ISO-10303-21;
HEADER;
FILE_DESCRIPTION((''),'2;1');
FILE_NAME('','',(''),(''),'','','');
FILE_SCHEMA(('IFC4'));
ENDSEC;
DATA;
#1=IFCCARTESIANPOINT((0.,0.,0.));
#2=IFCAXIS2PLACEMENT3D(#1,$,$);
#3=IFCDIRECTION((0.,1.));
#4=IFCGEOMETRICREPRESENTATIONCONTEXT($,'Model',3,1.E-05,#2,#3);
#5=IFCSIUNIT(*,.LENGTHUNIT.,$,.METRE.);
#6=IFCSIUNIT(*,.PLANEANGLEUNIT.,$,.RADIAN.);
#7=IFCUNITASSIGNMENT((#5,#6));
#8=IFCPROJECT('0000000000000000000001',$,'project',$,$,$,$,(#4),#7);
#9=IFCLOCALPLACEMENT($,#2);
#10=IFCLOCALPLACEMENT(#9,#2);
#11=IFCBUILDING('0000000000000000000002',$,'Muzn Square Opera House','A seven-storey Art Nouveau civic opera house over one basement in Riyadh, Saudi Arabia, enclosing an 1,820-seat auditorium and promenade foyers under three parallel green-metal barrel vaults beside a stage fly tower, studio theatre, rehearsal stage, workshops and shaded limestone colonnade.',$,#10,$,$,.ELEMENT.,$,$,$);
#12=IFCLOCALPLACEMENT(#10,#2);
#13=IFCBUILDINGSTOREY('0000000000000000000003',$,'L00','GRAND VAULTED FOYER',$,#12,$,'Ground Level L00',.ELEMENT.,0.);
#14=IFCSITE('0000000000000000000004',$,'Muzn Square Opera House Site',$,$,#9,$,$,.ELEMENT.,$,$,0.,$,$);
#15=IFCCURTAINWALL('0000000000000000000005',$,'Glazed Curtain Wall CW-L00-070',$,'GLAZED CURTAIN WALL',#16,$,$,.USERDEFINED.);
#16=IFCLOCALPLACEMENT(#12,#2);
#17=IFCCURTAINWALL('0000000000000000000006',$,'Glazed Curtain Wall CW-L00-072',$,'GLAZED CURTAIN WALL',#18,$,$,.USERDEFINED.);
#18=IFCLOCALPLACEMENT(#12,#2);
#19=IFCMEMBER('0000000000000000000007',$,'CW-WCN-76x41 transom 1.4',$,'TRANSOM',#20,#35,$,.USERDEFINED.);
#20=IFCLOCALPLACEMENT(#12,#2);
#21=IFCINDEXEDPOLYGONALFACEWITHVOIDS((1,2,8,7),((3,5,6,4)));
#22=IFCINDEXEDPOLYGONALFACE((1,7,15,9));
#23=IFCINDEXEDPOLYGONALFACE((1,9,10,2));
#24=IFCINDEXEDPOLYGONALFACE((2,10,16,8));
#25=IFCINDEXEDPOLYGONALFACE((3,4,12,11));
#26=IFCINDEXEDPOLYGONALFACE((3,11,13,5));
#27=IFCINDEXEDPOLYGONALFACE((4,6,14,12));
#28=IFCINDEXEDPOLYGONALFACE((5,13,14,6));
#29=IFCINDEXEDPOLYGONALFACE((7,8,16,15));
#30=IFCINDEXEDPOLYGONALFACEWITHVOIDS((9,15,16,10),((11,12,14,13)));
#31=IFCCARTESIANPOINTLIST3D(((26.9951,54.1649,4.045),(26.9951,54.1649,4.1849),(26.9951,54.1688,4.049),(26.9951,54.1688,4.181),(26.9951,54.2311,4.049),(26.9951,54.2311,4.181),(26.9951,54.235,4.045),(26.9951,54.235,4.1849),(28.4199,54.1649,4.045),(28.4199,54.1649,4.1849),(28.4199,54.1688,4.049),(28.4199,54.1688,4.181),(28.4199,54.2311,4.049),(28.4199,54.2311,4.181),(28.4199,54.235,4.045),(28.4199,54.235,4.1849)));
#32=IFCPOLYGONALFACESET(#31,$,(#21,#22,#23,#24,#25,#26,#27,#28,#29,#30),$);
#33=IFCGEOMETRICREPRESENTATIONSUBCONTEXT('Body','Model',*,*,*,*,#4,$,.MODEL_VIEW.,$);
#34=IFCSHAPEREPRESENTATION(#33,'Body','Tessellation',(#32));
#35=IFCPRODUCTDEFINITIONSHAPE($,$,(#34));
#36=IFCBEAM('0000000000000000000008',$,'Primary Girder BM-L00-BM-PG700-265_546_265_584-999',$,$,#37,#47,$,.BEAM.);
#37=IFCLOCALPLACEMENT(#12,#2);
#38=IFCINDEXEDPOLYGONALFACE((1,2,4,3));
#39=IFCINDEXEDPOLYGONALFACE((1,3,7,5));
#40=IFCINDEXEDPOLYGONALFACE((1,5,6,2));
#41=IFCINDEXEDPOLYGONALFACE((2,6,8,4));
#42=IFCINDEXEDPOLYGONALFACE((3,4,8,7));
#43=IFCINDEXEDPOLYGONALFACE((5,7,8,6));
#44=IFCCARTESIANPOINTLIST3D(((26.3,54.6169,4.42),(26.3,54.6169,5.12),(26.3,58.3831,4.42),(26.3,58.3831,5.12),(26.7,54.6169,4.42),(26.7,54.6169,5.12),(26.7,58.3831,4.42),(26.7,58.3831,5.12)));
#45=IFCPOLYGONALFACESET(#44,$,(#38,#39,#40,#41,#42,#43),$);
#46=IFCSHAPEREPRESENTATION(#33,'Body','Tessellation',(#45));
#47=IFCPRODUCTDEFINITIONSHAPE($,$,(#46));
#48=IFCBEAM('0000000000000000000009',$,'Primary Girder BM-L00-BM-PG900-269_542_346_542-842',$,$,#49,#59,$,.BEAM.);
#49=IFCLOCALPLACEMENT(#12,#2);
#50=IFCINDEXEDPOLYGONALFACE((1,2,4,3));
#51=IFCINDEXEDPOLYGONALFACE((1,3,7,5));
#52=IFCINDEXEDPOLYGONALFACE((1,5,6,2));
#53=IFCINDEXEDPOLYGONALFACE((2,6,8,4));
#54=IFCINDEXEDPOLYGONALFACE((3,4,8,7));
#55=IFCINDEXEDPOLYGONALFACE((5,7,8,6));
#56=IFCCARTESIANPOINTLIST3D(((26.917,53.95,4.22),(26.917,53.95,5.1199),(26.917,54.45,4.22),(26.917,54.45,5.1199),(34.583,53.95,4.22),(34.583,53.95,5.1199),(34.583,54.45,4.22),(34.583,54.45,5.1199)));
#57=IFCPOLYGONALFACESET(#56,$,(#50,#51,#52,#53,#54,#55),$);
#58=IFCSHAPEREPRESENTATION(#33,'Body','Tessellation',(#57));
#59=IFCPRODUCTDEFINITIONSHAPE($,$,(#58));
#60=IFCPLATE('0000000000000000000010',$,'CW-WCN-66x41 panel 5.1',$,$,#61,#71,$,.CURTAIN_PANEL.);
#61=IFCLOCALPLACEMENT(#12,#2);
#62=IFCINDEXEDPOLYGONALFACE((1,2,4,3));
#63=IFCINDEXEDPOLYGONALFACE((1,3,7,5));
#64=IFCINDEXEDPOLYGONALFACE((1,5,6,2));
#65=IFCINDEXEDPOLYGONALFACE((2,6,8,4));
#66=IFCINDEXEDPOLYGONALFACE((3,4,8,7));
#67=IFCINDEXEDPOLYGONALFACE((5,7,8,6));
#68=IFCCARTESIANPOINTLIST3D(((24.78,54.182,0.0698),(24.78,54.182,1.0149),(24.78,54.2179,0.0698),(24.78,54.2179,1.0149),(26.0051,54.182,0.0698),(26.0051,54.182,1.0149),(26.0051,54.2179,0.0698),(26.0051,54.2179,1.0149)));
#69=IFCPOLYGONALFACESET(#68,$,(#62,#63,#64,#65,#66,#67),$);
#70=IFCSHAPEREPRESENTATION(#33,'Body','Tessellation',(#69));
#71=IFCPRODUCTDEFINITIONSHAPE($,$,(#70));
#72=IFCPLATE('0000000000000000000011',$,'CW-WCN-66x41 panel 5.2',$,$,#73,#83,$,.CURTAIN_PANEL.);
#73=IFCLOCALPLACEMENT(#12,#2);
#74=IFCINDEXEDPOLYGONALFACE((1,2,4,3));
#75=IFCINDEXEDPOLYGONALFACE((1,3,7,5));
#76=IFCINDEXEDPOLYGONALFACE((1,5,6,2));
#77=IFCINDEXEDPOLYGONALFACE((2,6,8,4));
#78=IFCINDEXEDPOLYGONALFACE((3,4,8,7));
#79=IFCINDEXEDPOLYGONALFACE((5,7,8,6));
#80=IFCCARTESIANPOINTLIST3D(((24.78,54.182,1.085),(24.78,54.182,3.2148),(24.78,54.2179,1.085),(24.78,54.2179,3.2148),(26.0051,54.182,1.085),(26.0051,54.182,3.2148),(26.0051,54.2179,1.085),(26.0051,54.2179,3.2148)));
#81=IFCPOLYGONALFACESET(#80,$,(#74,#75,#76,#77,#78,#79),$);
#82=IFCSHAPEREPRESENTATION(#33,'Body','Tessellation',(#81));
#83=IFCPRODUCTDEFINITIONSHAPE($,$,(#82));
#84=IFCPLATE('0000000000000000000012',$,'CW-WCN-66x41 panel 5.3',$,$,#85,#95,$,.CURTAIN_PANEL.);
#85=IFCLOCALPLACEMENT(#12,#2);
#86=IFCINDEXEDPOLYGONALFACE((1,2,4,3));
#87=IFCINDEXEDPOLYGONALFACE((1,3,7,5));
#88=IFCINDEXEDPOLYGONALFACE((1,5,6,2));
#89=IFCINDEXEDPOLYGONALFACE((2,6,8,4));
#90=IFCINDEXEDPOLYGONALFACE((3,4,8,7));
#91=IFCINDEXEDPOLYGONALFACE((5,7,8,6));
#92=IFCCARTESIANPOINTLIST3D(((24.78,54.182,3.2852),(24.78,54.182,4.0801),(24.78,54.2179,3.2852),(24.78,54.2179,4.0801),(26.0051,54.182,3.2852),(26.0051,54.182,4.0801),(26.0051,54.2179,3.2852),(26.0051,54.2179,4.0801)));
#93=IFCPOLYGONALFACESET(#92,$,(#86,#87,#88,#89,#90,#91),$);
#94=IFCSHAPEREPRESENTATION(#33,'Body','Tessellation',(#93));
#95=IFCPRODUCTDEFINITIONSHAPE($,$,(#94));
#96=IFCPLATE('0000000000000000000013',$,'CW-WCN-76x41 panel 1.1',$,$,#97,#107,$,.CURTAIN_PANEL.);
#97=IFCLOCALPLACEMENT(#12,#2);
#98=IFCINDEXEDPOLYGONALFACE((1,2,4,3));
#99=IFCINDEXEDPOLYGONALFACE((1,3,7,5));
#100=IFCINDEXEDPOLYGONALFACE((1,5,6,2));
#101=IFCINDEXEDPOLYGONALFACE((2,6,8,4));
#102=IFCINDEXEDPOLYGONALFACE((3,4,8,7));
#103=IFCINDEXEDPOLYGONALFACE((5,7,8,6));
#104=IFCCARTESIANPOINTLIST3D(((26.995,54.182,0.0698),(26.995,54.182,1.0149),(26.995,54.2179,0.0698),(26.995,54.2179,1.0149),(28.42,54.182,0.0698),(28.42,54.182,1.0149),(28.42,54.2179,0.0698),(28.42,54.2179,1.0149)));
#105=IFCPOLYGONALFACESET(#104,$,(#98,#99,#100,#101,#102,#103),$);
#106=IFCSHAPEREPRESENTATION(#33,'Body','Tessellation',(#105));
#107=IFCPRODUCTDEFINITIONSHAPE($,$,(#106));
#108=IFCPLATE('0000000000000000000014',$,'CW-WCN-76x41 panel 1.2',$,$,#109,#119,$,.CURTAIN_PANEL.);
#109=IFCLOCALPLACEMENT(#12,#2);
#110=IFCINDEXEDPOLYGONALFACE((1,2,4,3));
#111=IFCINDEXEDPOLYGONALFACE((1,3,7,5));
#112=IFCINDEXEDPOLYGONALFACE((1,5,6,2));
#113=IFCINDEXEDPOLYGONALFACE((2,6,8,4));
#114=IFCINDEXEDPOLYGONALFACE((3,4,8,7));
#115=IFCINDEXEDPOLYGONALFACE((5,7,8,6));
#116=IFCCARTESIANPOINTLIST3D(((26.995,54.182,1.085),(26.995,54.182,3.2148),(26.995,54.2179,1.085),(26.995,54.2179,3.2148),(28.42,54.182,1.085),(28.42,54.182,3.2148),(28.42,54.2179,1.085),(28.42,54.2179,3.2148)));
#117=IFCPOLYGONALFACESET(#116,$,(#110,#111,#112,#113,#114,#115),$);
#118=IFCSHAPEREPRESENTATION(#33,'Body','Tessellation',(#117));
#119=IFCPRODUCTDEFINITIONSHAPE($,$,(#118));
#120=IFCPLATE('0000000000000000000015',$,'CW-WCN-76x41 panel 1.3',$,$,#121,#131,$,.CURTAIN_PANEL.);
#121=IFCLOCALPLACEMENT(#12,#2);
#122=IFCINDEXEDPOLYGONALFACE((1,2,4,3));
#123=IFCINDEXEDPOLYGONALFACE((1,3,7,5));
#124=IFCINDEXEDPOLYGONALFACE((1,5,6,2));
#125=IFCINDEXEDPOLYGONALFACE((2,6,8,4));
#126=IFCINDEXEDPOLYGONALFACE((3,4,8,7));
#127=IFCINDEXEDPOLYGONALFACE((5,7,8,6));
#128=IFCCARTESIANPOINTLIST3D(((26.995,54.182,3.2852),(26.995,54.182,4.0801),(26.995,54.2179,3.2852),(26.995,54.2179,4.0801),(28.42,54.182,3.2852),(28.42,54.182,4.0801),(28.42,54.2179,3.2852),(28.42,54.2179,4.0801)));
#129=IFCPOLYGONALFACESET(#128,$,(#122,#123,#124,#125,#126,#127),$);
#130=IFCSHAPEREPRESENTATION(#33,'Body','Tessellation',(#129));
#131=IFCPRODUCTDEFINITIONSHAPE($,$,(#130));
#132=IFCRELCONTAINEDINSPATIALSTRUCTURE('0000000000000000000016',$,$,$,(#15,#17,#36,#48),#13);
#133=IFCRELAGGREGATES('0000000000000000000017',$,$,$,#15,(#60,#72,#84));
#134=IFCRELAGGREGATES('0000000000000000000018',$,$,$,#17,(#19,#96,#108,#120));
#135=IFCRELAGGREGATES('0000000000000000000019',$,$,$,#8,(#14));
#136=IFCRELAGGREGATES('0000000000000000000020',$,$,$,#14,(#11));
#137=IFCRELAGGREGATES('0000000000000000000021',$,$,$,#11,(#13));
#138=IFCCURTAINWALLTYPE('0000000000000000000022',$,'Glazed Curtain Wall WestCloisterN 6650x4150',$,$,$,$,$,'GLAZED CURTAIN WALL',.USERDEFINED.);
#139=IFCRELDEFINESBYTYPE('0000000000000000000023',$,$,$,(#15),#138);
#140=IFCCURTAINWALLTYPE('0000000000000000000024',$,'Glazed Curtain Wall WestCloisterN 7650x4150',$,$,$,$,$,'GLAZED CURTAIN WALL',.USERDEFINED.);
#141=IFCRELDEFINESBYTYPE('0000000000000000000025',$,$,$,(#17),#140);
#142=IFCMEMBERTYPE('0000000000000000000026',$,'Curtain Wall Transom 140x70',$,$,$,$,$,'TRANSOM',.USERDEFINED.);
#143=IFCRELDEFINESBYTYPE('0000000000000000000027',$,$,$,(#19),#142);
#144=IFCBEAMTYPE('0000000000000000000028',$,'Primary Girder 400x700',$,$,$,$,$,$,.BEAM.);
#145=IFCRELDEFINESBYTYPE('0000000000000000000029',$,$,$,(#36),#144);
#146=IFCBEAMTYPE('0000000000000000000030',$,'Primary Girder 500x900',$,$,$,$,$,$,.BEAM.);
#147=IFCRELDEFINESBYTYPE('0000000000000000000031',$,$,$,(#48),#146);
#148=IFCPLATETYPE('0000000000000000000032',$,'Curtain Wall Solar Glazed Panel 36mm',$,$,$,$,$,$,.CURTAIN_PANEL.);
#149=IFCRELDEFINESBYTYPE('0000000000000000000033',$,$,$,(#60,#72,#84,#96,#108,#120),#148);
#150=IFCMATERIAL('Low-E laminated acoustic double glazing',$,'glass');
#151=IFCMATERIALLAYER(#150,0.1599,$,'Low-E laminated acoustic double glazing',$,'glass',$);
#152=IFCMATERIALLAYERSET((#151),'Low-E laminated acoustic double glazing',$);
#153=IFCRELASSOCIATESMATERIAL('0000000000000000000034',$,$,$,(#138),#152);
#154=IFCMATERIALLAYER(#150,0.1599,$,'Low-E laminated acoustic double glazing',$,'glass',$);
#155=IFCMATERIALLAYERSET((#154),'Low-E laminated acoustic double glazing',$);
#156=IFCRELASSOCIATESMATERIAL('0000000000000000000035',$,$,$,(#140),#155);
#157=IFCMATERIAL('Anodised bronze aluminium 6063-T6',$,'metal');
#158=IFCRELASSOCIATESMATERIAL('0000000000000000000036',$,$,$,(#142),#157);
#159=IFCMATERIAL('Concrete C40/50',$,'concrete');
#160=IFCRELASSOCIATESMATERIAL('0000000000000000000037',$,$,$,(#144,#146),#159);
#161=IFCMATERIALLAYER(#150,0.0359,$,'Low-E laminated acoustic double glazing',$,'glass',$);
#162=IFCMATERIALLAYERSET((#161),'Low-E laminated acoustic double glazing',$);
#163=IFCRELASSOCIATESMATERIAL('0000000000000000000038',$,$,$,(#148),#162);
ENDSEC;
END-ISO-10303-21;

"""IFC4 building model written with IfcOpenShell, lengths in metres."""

from ifc_helpers import new_model, si_unit, direction, frame, origin, origin_2d, place, context, subcontext, project, spatial, rectangle, hollow_rectangle, extrude, material, layer, layer_set, material_profile, profile_set, type_object, element, aggregate, save


model = new_model("IFC4")

# Units and contexts
model_context = context("Model", 3, precision=1e-05, world=origin(), true_north=direction((0.0, 1.0)))
body_context = subcontext(model_context, "Body", "Model", "MODEL_VIEW")
ifc_project = project(units=[si_unit("LENGTHUNIT", "METRE"), si_unit("PLANEANGLEUNIT", "RADIAN")], contexts=[model_context])

# Site, building, storey
site_placement = place(None, origin())
site = spatial("IfcSite", under=ifc_project, at=site_placement, Name="Muzn Square Opera House Site", CompositionType="ELEMENT", RefElevation=0.0)
building_placement = place(site_placement, origin())
building = spatial("IfcBuilding", under=site, at=building_placement, Name="Muzn Square Opera House", Description="A seven-storey Art Nouveau civic opera house over one basement in Riyadh, Saudi Arabia, enclosing an 1,820-seat auditorium and promenade foyers under three parallel green-metal barrel vaults beside a stage fly tower, studio theatre, rehearsal stage, workshops and shaded limestone colonnade.", CompositionType="ELEMENT")
storey_placement = place(building_placement, origin())
storey = spatial("IfcBuildingStorey", under=building, at=storey_placement, Name="L00", Description="GRAND VAULTED FOYER", LongName="Ground Level L00", CompositionType="ELEMENT", Elevation=0.0)

# Curtain wall
ifc_material_1 = material(Name="Low-E laminated acoustic double glazing", Category="glass")
ifc_layer_1 = layer(ifc_material_1, 0.1599, Name="Low-E laminated acoustic double glazing", Category="glass")
ifc_layer_set_1 = layer_set([ifc_layer_1], Name="Low-E laminated acoustic double glazing")
curtain_wall_type_1 = type_object("IfcCurtainWallType", Name="Glazed Curtain Wall WestCloisterN 6650x4150", ElementType="GLAZED CURTAIN WALL", PredefinedType="USERDEFINED", material=ifc_layer_set_1)
curtain_wall_1_placement = place(storey_placement, origin())
curtain_wall_1 = element("IfcCurtainWall", 1, at=curtain_wall_1_placement, inside=storey, type_object=curtain_wall_type_1, Name="Glazed Curtain Wall CW-L00-070", ObjectType="GLAZED CURTAIN WALL", PredefinedType="USERDEFINED")
ifc_material_2 = material(Name="Anodised bronze aluminium 6063-T6", Category="metal")

# Curtain wall
ifc_layer_2 = layer(ifc_material_1, 0.1599, Name="Low-E laminated acoustic double glazing", Category="glass")
ifc_layer_set_2 = layer_set([ifc_layer_2], Name="Low-E laminated acoustic double glazing")
curtain_wall_type_2 = type_object("IfcCurtainWallType", Name="Glazed Curtain Wall WestCloisterN 7650x4150", ElementType="GLAZED CURTAIN WALL", PredefinedType="USERDEFINED", material=ifc_layer_set_2)
curtain_wall_2_placement = place(storey_placement, origin())
curtain_wall_2 = element("IfcCurtainWall", 2, at=curtain_wall_2_placement, inside=storey, type_object=curtain_wall_type_2, Name="Glazed Curtain Wall CW-L00-072", ObjectType="GLAZED CURTAIN WALL", PredefinedType="USERDEFINED")

# Member
ifc_material_profile_1 = material_profile(ifc_material_2, hollow_rectangle(XDim=0.0701, YDim=0.1399, WallThickness=0.0039, at=origin_2d()), Name="ALU 140x70x4", Category="metal")
ifc_profile_set_1 = profile_set([ifc_material_profile_1], Name="Anodised bronze aluminium 6063-T6")
member_type_1 = type_object("IfcMemberType", Name="Curtain Wall Transom 140x70", ElementType="TRANSOM", PredefinedType="USERDEFINED", material=ifc_profile_set_1)
member_1_placement = place(storey_placement, frame((26.9951, 54.2, 4.115), z_axis=(1.0, 0.0, 0.0), x_axis=(0.0, 1.0, 0.0)))
member_1 = element("IfcMember", 3, at=member_1_placement, type_object=member_type_1, Name="CW-WCN-76x41 transom 1.4", ObjectType="TRANSOM", PredefinedType="USERDEFINED", context=body_context, shape_type="SweptSolid", body=[
    extrude(hollow_rectangle(XDim=0.0701, YDim=0.1399, WallThickness=0.0039, at=origin_2d()), origin(), (0.0, 0.0, 1.0), 1.4248),
])

# Beams
ifc_material_3 = material(Name="Concrete C40/50", Category="concrete")
ifc_material_profile_2 = material_profile(ifc_material_3, rectangle(XDim=0.3999, YDim=0.7, at=origin_2d()), Name="RCB 400x700", Category="concrete")
ifc_profile_set_2 = profile_set([ifc_material_profile_2], Name="Concrete C40/50")
beam_type_1 = type_object("IfcBeamType", Name="Primary Girder 400x700", PredefinedType="BEAM", material=ifc_profile_set_2)
beam_1_placement = place(storey_placement, frame((26.5, 54.6169, 4.77), z_axis=(0.0, 1.0, 0.0), x_axis=(-1.0, 0.0, 0.0)))
element("IfcBeam", 4, at=beam_1_placement, inside=storey, type_object=beam_type_1, Name="Primary Girder BM-L00-BM-PG700-265_546_265_584-999", PredefinedType="BEAM", context=body_context, shape_type="SweptSolid", body=[
    extrude(rectangle(XDim=0.3999, YDim=0.7, at=origin_2d()), origin(), (0.0, 0.0, 1.0), 3.7661),
])
ifc_material_profile_3 = material_profile(ifc_material_3, rectangle(XDim=0.5, YDim=0.8999, at=origin_2d()), Name="RCB 500x900", Category="concrete")
ifc_profile_set_3 = profile_set([ifc_material_profile_3], Name="Concrete C40/50")
beam_type_2 = type_object("IfcBeamType", Name="Primary Girder 500x900", PredefinedType="BEAM", material=ifc_profile_set_3)
beam_2_placement = place(storey_placement, frame((26.917, 54.2, 4.6699), z_axis=(1.0, 0.0, 0.0), x_axis=(0.0, 1.0, 0.0)))
element("IfcBeam", 5, at=beam_2_placement, inside=storey, type_object=beam_type_2, Name="Primary Girder BM-L00-BM-PG900-269_542_346_542-842", PredefinedType="BEAM", context=body_context, shape_type="SweptSolid", body=[
    extrude(rectangle(XDim=0.5, YDim=0.8999, at=origin_2d()), origin(), (0.0, 0.0, 1.0), 7.666),
])

# Plates
ifc_layer_3 = layer(ifc_material_1, 0.0359, Name="Low-E laminated acoustic double glazing", Category="glass")
ifc_layer_set_3 = layer_set([ifc_layer_3], Name="Low-E laminated acoustic double glazing")
plate_type = type_object("IfcPlateType", Name="Curtain Wall Solar Glazed Panel 36mm", PredefinedType="CURTAIN_PANEL", material=ifc_layer_set_3)
plate_1_placement = place(storey_placement, frame((25.3926, 54.2, 0.0698), z_axis=(0.0, 0.0, 1.0), x_axis=(1.0, 0.0, 0.0)))
plate_1 = element("IfcPlate", 6, at=plate_1_placement, type_object=plate_type, Name="CW-WCN-66x41 panel 5.1", PredefinedType="CURTAIN_PANEL", context=body_context, shape_type="SweptSolid", body=[
    extrude(rectangle(XDim=1.2251, YDim=0.0359, at=origin_2d()), origin(), (0.0, 0.0, 1.0), 0.9451),
])
plate_2_placement = place(storey_placement, frame((25.3926, 54.2, 1.085), z_axis=(0.0, 0.0, 1.0), x_axis=(1.0, 0.0, 0.0)))
plate_2 = element("IfcPlate", 7, at=plate_2_placement, type_object=plate_type, Name="CW-WCN-66x41 panel 5.2", PredefinedType="CURTAIN_PANEL", context=body_context, shape_type="SweptSolid", body=[
    extrude(rectangle(XDim=1.2251, YDim=0.0359, at=origin_2d()), origin(), (0.0, 0.0, 1.0), 2.1299),
])
plate_3_placement = place(storey_placement, frame((25.3926, 54.2, 3.2852), z_axis=(0.0, 0.0, 1.0), x_axis=(1.0, 0.0, 0.0)))
plate_3 = element("IfcPlate", 8, at=plate_3_placement, type_object=plate_type, Name="CW-WCN-66x41 panel 5.3", PredefinedType="CURTAIN_PANEL", context=body_context, shape_type="SweptSolid", body=[
    extrude(rectangle(XDim=1.2251, YDim=0.0359, at=origin_2d()), origin(), (0.0, 0.0, 1.0), 0.7949),
])
aggregate(curtain_wall_1, [plate_1, plate_2, plate_3])
plate_4_placement = place(storey_placement, frame((27.7075, 54.2, 0.0698), z_axis=(0.0, 0.0, 1.0), x_axis=(1.0, 0.0, 0.0)))
plate_4 = element("IfcPlate", 9, at=plate_4_placement, type_object=plate_type, Name="CW-WCN-76x41 panel 1.1", PredefinedType="CURTAIN_PANEL", context=body_context, shape_type="SweptSolid", body=[
    extrude(rectangle(XDim=1.425, YDim=0.0359, at=origin_2d()), origin(), (0.0, 0.0, 1.0), 0.9451),
])
plate_5_placement = place(storey_placement, frame((27.7075, 54.2, 1.085), z_axis=(0.0, 0.0, 1.0), x_axis=(1.0, 0.0, 0.0)))
plate_5 = element("IfcPlate", 10, at=plate_5_placement, type_object=plate_type, Name="CW-WCN-76x41 panel 1.2", PredefinedType="CURTAIN_PANEL", context=body_context, shape_type="SweptSolid", body=[
    extrude(rectangle(XDim=1.425, YDim=0.0359, at=origin_2d()), origin(), (0.0, 0.0, 1.0), 2.1299),
])
plate_6_placement = place(storey_placement, frame((27.7075, 54.2, 3.2852), z_axis=(0.0, 0.0, 1.0), x_axis=(1.0, 0.0, 0.0)))
plate_6 = element("IfcPlate", 11, at=plate_6_placement, type_object=plate_type, Name="CW-WCN-76x41 panel 1.3", PredefinedType="CURTAIN_PANEL", context=body_context, shape_type="SweptSolid", body=[
    extrude(rectangle(XDim=1.425, YDim=0.0359, at=origin_2d()), origin(), (0.0, 0.0, 1.0), 0.7949),
])
aggregate(curtain_wall_2, [member_1, plate_4, plate_5, plate_6])

save(model, "model.ifc")
